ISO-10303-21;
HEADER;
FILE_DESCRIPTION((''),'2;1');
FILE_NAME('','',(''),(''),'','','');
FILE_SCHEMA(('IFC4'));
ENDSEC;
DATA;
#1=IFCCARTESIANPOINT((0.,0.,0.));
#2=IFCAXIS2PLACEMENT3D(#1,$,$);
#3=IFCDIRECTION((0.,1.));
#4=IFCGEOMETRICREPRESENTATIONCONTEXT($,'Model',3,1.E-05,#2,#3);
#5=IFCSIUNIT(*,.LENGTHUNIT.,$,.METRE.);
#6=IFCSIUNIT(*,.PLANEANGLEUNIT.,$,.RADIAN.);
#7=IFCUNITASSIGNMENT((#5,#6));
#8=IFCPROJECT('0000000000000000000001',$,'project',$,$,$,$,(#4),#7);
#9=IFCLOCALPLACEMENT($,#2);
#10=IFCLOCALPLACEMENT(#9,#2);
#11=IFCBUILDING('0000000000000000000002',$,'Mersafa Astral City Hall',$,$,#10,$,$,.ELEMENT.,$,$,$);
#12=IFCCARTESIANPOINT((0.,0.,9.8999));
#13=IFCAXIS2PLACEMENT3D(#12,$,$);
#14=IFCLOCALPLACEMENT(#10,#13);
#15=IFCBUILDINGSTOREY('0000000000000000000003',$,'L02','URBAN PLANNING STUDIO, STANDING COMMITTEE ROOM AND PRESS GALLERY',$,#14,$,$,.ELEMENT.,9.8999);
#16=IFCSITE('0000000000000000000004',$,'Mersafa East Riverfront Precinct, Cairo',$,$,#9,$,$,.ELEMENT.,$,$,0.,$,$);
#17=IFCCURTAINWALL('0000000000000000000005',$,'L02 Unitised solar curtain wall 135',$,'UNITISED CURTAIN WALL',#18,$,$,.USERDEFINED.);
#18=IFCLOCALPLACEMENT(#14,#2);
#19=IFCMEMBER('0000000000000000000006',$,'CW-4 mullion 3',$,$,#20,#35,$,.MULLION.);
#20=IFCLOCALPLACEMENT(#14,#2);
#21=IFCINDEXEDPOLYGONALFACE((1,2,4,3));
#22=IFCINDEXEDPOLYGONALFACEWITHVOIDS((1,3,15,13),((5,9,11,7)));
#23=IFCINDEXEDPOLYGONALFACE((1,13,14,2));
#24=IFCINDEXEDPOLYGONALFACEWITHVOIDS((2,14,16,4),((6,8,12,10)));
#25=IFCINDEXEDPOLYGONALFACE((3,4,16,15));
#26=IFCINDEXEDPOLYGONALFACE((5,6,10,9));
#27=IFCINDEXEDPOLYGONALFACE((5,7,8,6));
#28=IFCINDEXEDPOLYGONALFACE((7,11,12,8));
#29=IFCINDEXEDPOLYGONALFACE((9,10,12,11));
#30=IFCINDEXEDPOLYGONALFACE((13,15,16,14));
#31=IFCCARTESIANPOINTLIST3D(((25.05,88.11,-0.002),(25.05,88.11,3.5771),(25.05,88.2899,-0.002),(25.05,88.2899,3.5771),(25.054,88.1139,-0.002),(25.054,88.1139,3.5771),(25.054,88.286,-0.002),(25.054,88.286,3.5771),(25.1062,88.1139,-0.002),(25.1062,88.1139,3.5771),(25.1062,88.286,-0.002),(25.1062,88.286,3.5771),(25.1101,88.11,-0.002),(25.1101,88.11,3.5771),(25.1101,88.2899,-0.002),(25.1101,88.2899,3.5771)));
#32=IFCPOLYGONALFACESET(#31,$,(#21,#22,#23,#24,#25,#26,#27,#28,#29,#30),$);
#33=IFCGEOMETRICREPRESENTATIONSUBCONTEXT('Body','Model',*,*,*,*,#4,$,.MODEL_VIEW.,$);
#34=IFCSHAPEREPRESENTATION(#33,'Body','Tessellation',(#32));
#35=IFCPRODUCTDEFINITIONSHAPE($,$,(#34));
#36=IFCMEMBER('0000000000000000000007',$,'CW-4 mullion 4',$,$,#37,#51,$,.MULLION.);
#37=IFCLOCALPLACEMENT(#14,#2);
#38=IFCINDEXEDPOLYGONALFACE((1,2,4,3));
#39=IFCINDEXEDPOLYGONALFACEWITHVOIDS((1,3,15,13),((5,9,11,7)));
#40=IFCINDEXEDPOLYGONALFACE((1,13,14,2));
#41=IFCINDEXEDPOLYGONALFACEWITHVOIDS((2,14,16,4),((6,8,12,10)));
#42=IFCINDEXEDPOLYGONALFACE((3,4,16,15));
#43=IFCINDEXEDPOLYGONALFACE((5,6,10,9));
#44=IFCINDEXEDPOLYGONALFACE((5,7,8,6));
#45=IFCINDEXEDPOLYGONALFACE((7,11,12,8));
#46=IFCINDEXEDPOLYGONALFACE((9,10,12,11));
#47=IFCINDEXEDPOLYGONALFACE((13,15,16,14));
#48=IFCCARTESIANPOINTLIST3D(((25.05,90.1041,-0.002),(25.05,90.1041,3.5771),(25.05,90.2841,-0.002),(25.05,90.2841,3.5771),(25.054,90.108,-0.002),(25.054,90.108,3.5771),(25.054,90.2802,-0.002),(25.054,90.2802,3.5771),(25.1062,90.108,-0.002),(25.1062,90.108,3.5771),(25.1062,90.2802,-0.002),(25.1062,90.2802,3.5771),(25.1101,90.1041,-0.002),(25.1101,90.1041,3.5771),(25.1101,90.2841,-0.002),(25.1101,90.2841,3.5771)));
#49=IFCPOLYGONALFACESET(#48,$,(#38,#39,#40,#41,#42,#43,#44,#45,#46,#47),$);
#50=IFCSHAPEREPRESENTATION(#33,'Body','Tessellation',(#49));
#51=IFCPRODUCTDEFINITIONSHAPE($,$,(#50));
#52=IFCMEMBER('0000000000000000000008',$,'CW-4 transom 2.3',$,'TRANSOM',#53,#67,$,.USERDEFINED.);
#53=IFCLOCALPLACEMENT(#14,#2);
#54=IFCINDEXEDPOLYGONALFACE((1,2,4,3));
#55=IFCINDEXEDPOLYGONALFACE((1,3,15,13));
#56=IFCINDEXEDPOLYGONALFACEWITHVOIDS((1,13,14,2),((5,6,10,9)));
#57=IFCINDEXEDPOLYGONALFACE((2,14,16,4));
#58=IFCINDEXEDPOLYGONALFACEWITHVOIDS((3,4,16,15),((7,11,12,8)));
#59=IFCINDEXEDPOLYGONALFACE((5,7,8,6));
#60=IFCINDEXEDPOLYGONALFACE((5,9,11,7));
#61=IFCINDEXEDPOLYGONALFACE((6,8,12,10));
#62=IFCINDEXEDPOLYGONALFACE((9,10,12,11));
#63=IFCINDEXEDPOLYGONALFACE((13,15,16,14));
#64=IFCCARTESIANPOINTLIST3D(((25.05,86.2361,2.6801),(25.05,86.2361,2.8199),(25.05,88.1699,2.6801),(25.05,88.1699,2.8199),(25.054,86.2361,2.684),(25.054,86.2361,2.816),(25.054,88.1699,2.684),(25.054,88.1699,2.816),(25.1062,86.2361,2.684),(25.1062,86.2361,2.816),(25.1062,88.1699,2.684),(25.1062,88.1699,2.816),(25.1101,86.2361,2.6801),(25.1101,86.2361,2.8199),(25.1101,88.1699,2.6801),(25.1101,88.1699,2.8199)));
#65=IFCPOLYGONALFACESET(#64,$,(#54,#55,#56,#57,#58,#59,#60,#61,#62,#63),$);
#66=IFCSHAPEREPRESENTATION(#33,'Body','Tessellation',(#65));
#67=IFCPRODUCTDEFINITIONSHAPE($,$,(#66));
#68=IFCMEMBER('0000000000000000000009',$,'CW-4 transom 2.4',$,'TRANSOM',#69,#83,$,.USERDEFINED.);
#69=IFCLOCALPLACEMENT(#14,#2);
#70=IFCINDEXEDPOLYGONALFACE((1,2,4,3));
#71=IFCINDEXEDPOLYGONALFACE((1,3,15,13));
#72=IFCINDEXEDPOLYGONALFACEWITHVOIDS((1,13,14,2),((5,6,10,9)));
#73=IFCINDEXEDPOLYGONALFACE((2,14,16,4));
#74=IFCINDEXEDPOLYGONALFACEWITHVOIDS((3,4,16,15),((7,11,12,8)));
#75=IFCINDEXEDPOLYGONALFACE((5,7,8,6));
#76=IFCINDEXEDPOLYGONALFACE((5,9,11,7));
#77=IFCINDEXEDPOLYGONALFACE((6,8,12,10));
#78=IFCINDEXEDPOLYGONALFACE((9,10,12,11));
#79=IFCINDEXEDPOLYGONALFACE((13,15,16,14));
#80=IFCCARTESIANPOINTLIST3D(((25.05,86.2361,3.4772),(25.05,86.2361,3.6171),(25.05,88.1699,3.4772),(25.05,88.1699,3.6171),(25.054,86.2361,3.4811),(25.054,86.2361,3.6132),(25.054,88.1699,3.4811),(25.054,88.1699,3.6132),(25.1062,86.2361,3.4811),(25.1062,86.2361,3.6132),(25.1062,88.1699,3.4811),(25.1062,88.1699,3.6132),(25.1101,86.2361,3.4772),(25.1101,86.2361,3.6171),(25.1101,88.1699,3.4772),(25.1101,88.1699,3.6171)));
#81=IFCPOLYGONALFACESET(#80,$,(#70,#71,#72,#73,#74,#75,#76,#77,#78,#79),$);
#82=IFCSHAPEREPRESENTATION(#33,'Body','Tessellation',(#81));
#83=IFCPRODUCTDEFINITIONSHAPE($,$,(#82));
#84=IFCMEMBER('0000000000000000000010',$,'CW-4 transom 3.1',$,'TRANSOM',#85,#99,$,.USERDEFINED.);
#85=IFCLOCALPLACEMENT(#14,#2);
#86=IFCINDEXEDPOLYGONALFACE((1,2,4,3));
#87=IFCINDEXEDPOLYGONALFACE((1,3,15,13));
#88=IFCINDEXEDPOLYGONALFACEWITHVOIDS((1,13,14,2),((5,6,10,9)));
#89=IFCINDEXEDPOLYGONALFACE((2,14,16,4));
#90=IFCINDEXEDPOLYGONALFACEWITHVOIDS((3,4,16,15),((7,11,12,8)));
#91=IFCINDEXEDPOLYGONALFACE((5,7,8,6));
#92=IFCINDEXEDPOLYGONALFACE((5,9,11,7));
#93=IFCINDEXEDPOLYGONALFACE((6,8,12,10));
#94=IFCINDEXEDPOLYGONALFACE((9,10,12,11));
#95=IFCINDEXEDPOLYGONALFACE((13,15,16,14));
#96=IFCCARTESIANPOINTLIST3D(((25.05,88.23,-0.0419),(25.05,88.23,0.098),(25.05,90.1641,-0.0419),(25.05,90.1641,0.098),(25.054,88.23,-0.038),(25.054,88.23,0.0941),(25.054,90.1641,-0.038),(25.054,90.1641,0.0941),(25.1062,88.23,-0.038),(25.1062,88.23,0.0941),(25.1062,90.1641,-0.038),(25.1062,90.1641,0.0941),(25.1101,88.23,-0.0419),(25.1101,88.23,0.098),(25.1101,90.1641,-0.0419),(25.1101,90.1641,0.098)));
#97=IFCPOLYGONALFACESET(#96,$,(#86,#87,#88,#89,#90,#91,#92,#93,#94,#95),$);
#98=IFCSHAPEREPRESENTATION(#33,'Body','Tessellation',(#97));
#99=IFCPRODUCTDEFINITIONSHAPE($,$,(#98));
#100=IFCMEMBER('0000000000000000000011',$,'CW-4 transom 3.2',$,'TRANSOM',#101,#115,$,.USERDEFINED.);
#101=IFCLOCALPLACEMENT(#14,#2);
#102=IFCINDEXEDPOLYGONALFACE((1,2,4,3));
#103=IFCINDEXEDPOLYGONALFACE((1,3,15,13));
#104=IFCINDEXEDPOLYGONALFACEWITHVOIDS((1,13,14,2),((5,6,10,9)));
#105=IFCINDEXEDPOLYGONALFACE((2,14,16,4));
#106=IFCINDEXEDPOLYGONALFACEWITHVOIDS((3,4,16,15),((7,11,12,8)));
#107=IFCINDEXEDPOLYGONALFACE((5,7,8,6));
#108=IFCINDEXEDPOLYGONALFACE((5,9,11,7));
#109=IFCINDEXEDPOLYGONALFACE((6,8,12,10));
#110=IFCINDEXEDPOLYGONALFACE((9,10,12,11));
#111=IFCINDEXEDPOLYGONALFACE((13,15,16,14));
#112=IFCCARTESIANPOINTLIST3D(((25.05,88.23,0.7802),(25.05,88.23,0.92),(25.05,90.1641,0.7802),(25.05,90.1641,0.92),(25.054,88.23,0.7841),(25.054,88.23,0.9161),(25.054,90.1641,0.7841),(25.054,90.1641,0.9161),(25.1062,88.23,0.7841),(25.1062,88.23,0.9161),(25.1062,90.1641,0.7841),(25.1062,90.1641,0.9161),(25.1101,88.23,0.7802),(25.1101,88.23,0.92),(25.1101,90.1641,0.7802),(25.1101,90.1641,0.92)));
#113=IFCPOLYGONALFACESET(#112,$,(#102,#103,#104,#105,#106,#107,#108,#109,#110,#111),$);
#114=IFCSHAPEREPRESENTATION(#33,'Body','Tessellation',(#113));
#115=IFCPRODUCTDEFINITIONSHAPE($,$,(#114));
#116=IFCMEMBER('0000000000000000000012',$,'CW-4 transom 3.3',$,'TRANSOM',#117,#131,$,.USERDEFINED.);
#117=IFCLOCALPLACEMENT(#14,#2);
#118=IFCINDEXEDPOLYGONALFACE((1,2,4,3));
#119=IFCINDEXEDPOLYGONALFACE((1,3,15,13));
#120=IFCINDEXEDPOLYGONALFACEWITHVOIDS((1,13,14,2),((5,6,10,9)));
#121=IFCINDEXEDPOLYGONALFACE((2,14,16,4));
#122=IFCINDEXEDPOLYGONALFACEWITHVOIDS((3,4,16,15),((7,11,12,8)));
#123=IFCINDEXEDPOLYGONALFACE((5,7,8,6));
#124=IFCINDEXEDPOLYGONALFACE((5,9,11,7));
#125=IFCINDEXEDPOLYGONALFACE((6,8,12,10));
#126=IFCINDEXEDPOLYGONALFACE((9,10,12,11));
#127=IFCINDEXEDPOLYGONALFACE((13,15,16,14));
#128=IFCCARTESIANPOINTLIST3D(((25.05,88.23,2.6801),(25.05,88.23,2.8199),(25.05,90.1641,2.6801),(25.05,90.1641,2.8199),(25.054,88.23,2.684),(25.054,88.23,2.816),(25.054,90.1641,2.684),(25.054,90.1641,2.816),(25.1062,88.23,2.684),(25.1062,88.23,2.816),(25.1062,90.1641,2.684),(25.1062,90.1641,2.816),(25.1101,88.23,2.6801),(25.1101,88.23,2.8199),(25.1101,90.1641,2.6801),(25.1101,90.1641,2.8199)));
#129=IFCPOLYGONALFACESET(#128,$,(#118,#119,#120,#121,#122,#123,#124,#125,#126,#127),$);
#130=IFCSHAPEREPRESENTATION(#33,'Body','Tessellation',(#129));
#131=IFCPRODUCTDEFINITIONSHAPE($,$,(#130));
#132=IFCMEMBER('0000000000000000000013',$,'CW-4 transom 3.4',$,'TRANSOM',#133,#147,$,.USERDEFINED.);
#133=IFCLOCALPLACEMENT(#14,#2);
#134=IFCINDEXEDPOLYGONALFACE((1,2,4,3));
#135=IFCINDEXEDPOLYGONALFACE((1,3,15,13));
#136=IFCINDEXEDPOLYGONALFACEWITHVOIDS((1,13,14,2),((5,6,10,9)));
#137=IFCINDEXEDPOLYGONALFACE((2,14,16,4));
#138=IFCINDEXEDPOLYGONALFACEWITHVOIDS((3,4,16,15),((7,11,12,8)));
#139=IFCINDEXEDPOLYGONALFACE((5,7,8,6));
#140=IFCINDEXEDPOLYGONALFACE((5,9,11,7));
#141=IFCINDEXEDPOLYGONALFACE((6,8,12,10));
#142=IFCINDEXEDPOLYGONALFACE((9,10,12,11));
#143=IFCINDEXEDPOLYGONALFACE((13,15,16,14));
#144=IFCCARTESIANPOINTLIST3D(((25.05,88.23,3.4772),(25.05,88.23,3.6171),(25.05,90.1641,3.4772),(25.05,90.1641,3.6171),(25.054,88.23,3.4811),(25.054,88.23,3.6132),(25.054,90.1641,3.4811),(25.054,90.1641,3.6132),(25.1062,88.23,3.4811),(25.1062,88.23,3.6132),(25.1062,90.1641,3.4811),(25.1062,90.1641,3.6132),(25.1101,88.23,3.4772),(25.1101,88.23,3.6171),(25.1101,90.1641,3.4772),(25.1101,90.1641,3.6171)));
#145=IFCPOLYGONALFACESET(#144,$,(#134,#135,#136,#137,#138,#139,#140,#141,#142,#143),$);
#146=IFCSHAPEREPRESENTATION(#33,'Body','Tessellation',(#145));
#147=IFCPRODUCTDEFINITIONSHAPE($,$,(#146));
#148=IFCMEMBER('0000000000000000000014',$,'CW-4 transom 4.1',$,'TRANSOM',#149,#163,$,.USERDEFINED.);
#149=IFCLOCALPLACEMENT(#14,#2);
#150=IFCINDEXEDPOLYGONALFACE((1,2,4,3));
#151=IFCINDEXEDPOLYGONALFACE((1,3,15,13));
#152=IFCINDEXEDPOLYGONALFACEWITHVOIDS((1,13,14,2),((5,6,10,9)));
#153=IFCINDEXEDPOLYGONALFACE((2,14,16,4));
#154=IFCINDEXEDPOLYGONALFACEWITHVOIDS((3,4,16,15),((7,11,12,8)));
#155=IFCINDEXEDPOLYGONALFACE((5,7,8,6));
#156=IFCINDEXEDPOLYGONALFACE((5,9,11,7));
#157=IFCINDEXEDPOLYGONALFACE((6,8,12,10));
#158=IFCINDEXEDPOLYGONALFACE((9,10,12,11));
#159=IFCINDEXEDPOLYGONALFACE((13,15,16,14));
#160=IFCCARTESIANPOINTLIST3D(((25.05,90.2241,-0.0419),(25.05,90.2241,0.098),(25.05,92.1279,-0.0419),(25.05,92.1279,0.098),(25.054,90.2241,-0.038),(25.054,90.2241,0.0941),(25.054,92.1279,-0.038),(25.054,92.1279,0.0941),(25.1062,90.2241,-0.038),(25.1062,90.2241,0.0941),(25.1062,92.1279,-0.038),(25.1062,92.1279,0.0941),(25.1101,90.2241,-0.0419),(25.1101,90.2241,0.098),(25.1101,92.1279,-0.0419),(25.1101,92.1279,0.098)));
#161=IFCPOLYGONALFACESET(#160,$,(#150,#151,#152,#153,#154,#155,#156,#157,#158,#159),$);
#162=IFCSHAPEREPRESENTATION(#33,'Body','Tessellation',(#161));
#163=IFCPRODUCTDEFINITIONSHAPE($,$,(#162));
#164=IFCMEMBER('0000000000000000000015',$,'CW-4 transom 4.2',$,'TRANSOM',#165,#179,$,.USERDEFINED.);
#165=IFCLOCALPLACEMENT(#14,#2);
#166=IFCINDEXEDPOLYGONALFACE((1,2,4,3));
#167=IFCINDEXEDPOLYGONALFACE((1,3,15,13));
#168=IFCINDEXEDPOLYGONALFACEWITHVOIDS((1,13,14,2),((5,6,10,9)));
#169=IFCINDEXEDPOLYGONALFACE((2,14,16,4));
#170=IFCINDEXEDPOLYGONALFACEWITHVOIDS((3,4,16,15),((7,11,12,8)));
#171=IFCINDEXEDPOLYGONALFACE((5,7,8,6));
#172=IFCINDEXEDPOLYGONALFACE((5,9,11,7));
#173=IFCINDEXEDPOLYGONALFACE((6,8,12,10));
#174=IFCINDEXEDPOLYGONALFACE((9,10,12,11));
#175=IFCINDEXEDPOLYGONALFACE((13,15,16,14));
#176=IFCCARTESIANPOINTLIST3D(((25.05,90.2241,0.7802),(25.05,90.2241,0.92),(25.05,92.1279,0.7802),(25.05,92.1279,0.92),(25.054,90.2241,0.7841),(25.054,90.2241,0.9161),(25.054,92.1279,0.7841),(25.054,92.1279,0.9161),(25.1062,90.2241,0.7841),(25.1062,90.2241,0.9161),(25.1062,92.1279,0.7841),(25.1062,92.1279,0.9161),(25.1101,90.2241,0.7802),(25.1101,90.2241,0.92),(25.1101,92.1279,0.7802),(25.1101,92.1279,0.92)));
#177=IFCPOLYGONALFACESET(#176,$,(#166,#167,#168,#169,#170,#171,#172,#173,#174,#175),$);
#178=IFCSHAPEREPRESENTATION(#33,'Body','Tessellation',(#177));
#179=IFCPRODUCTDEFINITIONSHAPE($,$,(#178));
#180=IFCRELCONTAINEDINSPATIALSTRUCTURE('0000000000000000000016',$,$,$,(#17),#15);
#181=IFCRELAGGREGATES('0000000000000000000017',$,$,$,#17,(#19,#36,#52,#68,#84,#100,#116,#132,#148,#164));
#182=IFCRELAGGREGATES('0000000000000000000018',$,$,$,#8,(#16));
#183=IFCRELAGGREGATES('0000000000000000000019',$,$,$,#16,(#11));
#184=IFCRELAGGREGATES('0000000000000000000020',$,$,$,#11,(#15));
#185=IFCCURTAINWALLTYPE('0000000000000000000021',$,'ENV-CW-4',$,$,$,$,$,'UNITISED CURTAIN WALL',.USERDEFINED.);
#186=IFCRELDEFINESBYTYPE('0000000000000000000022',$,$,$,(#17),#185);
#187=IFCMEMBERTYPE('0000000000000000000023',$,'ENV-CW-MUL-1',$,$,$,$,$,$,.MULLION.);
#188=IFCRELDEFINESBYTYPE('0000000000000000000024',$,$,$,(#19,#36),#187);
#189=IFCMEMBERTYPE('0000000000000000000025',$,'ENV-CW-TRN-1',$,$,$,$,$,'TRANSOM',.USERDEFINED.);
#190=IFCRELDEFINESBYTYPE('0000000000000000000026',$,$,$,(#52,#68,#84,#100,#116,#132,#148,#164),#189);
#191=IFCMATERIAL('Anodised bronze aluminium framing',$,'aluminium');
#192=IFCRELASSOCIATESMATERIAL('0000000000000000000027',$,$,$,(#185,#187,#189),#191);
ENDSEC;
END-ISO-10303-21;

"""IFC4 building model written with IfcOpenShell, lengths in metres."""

from ifc_helpers import new_model, si_unit, direction, frame, origin, origin_2d, place, context, subcontext, project, spatial, hollow_rectangle, extrude, material, material_profile, profile_set, type_object, element, aggregate, save


model = new_model("IFC4")

# Units and contexts
model_context = context("Model", 3, precision=1e-05, world=origin(), true_north=direction((0.0, 1.0)))
body_context = subcontext(model_context, "Body", "Model", "MODEL_VIEW")
ifc_project = project(units=[si_unit("LENGTHUNIT", "METRE"), si_unit("PLANEANGLEUNIT", "RADIAN")], contexts=[model_context])

# Site, building, storey
site_placement = place(None, origin())
site = spatial("IfcSite", under=ifc_project, at=site_placement, Name="Mersafa East Riverfront Precinct, Cairo", CompositionType="ELEMENT", RefElevation=0.0)
building_placement = place(site_placement, origin())
building = spatial("IfcBuilding", under=site, at=building_placement, Name="Mersafa Astral City Hall", CompositionType="ELEMENT")
storey_placement = place(building_placement, frame((0.0, 0.0, 9.8999)))
storey = spatial("IfcBuildingStorey", under=building, at=storey_placement, Name="L02", Description="URBAN PLANNING STUDIO, STANDING COMMITTEE ROOM AND PRESS GALLERY", CompositionType="ELEMENT", Elevation=9.8999)

# Curtain wall, members
ifc_material_1 = material(Name="Anodised bronze aluminium framing", Category="aluminium")
curtain_wall_type = type_object("IfcCurtainWallType", Name="ENV-CW-4", ElementType="UNITISED CURTAIN WALL", PredefinedType="USERDEFINED", material=ifc_material_1)
curtain_wall_placement = place(storey_placement, origin())
curtain_wall = element("IfcCurtainWall", 1, at=curtain_wall_placement, inside=storey, type_object=curtain_wall_type, Name="L02 Unitised solar curtain wall 135", ObjectType="UNITISED CURTAIN WALL", PredefinedType="USERDEFINED")
ifc_material_profile_1 = material_profile(ifc_material_1, hollow_rectangle(XDim=0.0601, YDim=0.1799, WallThickness=0.0039, at=origin_2d()), Name="RHS 60x180x4")
ifc_profile_set_1 = profile_set([ifc_material_profile_1], Name="Anodised bronze aluminium framing")
member_type_1 = type_object("IfcMemberType", Name="ENV-CW-MUL-1", PredefinedType="MULLION", material=ifc_profile_set_1)
member_1_placement = place(storey_placement, frame((25.0801, 88.2, -0.002), z_axis=(0.0, 0.0, 1.0), x_axis=(-1.0, 0.0, 0.0)))
member_1 = element("IfcMember", 2, at=member_1_placement, type_object=member_type_1, Name="CW-4 mullion 3", PredefinedType="MULLION", context=body_context, shape_type="SweptSolid", body=[
    extrude(hollow_rectangle(XDim=0.0601, YDim=0.1799, WallThickness=0.0039, at=origin_2d()), origin(), (0.0, 0.0, 1.0), 3.5791),
])
member_2_placement = place(storey_placement, frame((25.0801, 90.1941, -0.002), z_axis=(0.0, 0.0, 1.0), x_axis=(-1.0, 0.0, 0.0)))
member_2 = element("IfcMember", 3, at=member_2_placement, type_object=member_type_1, Name="CW-4 mullion 4", PredefinedType="MULLION", context=body_context, shape_type="SweptSolid", body=[
    extrude(hollow_rectangle(XDim=0.0601, YDim=0.1799, WallThickness=0.0039, at=origin_2d()), origin(), (0.0, 0.0, 1.0), 3.5791),
])
ifc_material_profile_2 = material_profile(ifc_material_1, hollow_rectangle(XDim=0.0601, YDim=0.1399, WallThickness=0.0039, at=origin_2d()), Name="RHS 60x140x4")
ifc_profile_set_2 = profile_set([ifc_material_profile_2], Name="Anodised bronze aluminium framing")
member_type_2 = type_object("IfcMemberType", Name="ENV-CW-TRN-1", ElementType="TRANSOM", PredefinedType="USERDEFINED", material=ifc_profile_set_2)
member_3_placement = place(storey_placement, frame((25.0801, 86.2361, 2.75), z_axis=(0.0, 1.0, 0.0), x_axis=(-1.0, 0.0, 0.0)))
member_3 = element("IfcMember", 4, at=member_3_placement, type_object=member_type_2, Name="CW-4 transom 2.3", ObjectType="TRANSOM", PredefinedType="USERDEFINED", context=body_context, shape_type="SweptSolid", body=[
    extrude(hollow_rectangle(XDim=0.0601, YDim=0.1399, WallThickness=0.0039, at=origin_2d()), origin(), (0.0, 0.0, 1.0), 1.9338),
])
member_4_placement = place(storey_placement, frame((25.0801, 86.2361, 3.5471), z_axis=(0.0, 1.0, 0.0), x_axis=(-1.0, 0.0, 0.0)))
member_4 = element("IfcMember", 5, at=member_4_placement, type_object=member_type_2, Name="CW-4 transom 2.4", ObjectType="TRANSOM", PredefinedType="USERDEFINED", context=body_context, shape_type="SweptSolid", body=[
    extrude(hollow_rectangle(XDim=0.0601, YDim=0.1399, WallThickness=0.0039, at=origin_2d()), origin(), (0.0, 0.0, 1.0), 1.9338),
])
member_5_placement = place(storey_placement, frame((25.0801, 88.23, 0.0281), z_axis=(0.0, 1.0, 0.0), x_axis=(-1.0, 0.0, 0.0)))
member_5 = element("IfcMember", 6, at=member_5_placement, type_object=member_type_2, Name="CW-4 transom 3.1", ObjectType="TRANSOM", PredefinedType="USERDEFINED", context=body_context, shape_type="SweptSolid", body=[
    extrude(hollow_rectangle(XDim=0.0601, YDim=0.1399, WallThickness=0.0039, at=origin_2d()), origin(), (0.0, 0.0, 1.0), 1.9341),
])
member_6_placement = place(storey_placement, frame((25.0801, 88.23, 0.8501), z_axis=(0.0, 1.0, 0.0), x_axis=(-1.0, 0.0, 0.0)))
member_6 = element("IfcMember", 7, at=member_6_placement, type_object=member_type_2, Name="CW-4 transom 3.2", ObjectType="TRANSOM", PredefinedType="USERDEFINED", context=body_context, shape_type="SweptSolid", body=[
    extrude(hollow_rectangle(XDim=0.0601, YDim=0.1399, WallThickness=0.0039, at=origin_2d()), origin(), (0.0, 0.0, 1.0), 1.9341),
])
member_7_placement = place(storey_placement, frame((25.0801, 88.23, 2.75), z_axis=(0.0, 1.0, 0.0), x_axis=(-1.0, 0.0, 0.0)))
member_7 = element("IfcMember", 8, at=member_7_placement, type_object=member_type_2, Name="CW-4 transom 3.3", ObjectType="TRANSOM", PredefinedType="USERDEFINED", context=body_context, shape_type="SweptSolid", body=[
    extrude(hollow_rectangle(XDim=0.0601, YDim=0.1399, WallThickness=0.0039, at=origin_2d()), origin(), (0.0, 0.0, 1.0), 1.9341),
])
member_8_placement = place(storey_placement, frame((25.0801, 88.23, 3.5471), z_axis=(0.0, 1.0, 0.0), x_axis=(-1.0, 0.0, 0.0)))
member_8 = element("IfcMember", 9, at=member_8_placement, type_object=member_type_2, Name="CW-4 transom 3.4", ObjectType="TRANSOM", PredefinedType="USERDEFINED", context=body_context, shape_type="SweptSolid", body=[
    extrude(hollow_rectangle(XDim=0.0601, YDim=0.1399, WallThickness=0.0039, at=origin_2d()), origin(), (0.0, 0.0, 1.0), 1.9341),
])
member_9_placement = place(storey_placement, frame((25.0801, 90.2241, 0.0281), z_axis=(0.0, 1.0, 0.0), x_axis=(-1.0, 0.0, 0.0)))
member_9 = element("IfcMember", 10, at=member_9_placement, type_object=member_type_2, Name="CW-4 transom 4.1", ObjectType="TRANSOM", PredefinedType="USERDEFINED", context=body_context, shape_type="SweptSolid", body=[
    extrude(hollow_rectangle(XDim=0.0601, YDim=0.1399, WallThickness=0.0039, at=origin_2d()), origin(), (0.0, 0.0, 1.0), 1.9038),
])
member_10_placement = place(storey_placement, frame((25.0801, 90.2241, 0.8501), z_axis=(0.0, 1.0, 0.0), x_axis=(-1.0, 0.0, 0.0)))
member_10 = element("IfcMember", 11, at=member_10_placement, type_object=member_type_2, Name="CW-4 transom 4.2", ObjectType="TRANSOM", PredefinedType="USERDEFINED", context=body_context, shape_type="SweptSolid", body=[
    extrude(hollow_rectangle(XDim=0.0601, YDim=0.1399, WallThickness=0.0039, at=origin_2d()), origin(), (0.0, 0.0, 1.0), 1.9038),
])

aggregate(curtain_wall, [member_1, member_2, member_3, member_4, member_5, member_6, member_7, member_8, member_9, member_10])

save(model, "model.ifc")
